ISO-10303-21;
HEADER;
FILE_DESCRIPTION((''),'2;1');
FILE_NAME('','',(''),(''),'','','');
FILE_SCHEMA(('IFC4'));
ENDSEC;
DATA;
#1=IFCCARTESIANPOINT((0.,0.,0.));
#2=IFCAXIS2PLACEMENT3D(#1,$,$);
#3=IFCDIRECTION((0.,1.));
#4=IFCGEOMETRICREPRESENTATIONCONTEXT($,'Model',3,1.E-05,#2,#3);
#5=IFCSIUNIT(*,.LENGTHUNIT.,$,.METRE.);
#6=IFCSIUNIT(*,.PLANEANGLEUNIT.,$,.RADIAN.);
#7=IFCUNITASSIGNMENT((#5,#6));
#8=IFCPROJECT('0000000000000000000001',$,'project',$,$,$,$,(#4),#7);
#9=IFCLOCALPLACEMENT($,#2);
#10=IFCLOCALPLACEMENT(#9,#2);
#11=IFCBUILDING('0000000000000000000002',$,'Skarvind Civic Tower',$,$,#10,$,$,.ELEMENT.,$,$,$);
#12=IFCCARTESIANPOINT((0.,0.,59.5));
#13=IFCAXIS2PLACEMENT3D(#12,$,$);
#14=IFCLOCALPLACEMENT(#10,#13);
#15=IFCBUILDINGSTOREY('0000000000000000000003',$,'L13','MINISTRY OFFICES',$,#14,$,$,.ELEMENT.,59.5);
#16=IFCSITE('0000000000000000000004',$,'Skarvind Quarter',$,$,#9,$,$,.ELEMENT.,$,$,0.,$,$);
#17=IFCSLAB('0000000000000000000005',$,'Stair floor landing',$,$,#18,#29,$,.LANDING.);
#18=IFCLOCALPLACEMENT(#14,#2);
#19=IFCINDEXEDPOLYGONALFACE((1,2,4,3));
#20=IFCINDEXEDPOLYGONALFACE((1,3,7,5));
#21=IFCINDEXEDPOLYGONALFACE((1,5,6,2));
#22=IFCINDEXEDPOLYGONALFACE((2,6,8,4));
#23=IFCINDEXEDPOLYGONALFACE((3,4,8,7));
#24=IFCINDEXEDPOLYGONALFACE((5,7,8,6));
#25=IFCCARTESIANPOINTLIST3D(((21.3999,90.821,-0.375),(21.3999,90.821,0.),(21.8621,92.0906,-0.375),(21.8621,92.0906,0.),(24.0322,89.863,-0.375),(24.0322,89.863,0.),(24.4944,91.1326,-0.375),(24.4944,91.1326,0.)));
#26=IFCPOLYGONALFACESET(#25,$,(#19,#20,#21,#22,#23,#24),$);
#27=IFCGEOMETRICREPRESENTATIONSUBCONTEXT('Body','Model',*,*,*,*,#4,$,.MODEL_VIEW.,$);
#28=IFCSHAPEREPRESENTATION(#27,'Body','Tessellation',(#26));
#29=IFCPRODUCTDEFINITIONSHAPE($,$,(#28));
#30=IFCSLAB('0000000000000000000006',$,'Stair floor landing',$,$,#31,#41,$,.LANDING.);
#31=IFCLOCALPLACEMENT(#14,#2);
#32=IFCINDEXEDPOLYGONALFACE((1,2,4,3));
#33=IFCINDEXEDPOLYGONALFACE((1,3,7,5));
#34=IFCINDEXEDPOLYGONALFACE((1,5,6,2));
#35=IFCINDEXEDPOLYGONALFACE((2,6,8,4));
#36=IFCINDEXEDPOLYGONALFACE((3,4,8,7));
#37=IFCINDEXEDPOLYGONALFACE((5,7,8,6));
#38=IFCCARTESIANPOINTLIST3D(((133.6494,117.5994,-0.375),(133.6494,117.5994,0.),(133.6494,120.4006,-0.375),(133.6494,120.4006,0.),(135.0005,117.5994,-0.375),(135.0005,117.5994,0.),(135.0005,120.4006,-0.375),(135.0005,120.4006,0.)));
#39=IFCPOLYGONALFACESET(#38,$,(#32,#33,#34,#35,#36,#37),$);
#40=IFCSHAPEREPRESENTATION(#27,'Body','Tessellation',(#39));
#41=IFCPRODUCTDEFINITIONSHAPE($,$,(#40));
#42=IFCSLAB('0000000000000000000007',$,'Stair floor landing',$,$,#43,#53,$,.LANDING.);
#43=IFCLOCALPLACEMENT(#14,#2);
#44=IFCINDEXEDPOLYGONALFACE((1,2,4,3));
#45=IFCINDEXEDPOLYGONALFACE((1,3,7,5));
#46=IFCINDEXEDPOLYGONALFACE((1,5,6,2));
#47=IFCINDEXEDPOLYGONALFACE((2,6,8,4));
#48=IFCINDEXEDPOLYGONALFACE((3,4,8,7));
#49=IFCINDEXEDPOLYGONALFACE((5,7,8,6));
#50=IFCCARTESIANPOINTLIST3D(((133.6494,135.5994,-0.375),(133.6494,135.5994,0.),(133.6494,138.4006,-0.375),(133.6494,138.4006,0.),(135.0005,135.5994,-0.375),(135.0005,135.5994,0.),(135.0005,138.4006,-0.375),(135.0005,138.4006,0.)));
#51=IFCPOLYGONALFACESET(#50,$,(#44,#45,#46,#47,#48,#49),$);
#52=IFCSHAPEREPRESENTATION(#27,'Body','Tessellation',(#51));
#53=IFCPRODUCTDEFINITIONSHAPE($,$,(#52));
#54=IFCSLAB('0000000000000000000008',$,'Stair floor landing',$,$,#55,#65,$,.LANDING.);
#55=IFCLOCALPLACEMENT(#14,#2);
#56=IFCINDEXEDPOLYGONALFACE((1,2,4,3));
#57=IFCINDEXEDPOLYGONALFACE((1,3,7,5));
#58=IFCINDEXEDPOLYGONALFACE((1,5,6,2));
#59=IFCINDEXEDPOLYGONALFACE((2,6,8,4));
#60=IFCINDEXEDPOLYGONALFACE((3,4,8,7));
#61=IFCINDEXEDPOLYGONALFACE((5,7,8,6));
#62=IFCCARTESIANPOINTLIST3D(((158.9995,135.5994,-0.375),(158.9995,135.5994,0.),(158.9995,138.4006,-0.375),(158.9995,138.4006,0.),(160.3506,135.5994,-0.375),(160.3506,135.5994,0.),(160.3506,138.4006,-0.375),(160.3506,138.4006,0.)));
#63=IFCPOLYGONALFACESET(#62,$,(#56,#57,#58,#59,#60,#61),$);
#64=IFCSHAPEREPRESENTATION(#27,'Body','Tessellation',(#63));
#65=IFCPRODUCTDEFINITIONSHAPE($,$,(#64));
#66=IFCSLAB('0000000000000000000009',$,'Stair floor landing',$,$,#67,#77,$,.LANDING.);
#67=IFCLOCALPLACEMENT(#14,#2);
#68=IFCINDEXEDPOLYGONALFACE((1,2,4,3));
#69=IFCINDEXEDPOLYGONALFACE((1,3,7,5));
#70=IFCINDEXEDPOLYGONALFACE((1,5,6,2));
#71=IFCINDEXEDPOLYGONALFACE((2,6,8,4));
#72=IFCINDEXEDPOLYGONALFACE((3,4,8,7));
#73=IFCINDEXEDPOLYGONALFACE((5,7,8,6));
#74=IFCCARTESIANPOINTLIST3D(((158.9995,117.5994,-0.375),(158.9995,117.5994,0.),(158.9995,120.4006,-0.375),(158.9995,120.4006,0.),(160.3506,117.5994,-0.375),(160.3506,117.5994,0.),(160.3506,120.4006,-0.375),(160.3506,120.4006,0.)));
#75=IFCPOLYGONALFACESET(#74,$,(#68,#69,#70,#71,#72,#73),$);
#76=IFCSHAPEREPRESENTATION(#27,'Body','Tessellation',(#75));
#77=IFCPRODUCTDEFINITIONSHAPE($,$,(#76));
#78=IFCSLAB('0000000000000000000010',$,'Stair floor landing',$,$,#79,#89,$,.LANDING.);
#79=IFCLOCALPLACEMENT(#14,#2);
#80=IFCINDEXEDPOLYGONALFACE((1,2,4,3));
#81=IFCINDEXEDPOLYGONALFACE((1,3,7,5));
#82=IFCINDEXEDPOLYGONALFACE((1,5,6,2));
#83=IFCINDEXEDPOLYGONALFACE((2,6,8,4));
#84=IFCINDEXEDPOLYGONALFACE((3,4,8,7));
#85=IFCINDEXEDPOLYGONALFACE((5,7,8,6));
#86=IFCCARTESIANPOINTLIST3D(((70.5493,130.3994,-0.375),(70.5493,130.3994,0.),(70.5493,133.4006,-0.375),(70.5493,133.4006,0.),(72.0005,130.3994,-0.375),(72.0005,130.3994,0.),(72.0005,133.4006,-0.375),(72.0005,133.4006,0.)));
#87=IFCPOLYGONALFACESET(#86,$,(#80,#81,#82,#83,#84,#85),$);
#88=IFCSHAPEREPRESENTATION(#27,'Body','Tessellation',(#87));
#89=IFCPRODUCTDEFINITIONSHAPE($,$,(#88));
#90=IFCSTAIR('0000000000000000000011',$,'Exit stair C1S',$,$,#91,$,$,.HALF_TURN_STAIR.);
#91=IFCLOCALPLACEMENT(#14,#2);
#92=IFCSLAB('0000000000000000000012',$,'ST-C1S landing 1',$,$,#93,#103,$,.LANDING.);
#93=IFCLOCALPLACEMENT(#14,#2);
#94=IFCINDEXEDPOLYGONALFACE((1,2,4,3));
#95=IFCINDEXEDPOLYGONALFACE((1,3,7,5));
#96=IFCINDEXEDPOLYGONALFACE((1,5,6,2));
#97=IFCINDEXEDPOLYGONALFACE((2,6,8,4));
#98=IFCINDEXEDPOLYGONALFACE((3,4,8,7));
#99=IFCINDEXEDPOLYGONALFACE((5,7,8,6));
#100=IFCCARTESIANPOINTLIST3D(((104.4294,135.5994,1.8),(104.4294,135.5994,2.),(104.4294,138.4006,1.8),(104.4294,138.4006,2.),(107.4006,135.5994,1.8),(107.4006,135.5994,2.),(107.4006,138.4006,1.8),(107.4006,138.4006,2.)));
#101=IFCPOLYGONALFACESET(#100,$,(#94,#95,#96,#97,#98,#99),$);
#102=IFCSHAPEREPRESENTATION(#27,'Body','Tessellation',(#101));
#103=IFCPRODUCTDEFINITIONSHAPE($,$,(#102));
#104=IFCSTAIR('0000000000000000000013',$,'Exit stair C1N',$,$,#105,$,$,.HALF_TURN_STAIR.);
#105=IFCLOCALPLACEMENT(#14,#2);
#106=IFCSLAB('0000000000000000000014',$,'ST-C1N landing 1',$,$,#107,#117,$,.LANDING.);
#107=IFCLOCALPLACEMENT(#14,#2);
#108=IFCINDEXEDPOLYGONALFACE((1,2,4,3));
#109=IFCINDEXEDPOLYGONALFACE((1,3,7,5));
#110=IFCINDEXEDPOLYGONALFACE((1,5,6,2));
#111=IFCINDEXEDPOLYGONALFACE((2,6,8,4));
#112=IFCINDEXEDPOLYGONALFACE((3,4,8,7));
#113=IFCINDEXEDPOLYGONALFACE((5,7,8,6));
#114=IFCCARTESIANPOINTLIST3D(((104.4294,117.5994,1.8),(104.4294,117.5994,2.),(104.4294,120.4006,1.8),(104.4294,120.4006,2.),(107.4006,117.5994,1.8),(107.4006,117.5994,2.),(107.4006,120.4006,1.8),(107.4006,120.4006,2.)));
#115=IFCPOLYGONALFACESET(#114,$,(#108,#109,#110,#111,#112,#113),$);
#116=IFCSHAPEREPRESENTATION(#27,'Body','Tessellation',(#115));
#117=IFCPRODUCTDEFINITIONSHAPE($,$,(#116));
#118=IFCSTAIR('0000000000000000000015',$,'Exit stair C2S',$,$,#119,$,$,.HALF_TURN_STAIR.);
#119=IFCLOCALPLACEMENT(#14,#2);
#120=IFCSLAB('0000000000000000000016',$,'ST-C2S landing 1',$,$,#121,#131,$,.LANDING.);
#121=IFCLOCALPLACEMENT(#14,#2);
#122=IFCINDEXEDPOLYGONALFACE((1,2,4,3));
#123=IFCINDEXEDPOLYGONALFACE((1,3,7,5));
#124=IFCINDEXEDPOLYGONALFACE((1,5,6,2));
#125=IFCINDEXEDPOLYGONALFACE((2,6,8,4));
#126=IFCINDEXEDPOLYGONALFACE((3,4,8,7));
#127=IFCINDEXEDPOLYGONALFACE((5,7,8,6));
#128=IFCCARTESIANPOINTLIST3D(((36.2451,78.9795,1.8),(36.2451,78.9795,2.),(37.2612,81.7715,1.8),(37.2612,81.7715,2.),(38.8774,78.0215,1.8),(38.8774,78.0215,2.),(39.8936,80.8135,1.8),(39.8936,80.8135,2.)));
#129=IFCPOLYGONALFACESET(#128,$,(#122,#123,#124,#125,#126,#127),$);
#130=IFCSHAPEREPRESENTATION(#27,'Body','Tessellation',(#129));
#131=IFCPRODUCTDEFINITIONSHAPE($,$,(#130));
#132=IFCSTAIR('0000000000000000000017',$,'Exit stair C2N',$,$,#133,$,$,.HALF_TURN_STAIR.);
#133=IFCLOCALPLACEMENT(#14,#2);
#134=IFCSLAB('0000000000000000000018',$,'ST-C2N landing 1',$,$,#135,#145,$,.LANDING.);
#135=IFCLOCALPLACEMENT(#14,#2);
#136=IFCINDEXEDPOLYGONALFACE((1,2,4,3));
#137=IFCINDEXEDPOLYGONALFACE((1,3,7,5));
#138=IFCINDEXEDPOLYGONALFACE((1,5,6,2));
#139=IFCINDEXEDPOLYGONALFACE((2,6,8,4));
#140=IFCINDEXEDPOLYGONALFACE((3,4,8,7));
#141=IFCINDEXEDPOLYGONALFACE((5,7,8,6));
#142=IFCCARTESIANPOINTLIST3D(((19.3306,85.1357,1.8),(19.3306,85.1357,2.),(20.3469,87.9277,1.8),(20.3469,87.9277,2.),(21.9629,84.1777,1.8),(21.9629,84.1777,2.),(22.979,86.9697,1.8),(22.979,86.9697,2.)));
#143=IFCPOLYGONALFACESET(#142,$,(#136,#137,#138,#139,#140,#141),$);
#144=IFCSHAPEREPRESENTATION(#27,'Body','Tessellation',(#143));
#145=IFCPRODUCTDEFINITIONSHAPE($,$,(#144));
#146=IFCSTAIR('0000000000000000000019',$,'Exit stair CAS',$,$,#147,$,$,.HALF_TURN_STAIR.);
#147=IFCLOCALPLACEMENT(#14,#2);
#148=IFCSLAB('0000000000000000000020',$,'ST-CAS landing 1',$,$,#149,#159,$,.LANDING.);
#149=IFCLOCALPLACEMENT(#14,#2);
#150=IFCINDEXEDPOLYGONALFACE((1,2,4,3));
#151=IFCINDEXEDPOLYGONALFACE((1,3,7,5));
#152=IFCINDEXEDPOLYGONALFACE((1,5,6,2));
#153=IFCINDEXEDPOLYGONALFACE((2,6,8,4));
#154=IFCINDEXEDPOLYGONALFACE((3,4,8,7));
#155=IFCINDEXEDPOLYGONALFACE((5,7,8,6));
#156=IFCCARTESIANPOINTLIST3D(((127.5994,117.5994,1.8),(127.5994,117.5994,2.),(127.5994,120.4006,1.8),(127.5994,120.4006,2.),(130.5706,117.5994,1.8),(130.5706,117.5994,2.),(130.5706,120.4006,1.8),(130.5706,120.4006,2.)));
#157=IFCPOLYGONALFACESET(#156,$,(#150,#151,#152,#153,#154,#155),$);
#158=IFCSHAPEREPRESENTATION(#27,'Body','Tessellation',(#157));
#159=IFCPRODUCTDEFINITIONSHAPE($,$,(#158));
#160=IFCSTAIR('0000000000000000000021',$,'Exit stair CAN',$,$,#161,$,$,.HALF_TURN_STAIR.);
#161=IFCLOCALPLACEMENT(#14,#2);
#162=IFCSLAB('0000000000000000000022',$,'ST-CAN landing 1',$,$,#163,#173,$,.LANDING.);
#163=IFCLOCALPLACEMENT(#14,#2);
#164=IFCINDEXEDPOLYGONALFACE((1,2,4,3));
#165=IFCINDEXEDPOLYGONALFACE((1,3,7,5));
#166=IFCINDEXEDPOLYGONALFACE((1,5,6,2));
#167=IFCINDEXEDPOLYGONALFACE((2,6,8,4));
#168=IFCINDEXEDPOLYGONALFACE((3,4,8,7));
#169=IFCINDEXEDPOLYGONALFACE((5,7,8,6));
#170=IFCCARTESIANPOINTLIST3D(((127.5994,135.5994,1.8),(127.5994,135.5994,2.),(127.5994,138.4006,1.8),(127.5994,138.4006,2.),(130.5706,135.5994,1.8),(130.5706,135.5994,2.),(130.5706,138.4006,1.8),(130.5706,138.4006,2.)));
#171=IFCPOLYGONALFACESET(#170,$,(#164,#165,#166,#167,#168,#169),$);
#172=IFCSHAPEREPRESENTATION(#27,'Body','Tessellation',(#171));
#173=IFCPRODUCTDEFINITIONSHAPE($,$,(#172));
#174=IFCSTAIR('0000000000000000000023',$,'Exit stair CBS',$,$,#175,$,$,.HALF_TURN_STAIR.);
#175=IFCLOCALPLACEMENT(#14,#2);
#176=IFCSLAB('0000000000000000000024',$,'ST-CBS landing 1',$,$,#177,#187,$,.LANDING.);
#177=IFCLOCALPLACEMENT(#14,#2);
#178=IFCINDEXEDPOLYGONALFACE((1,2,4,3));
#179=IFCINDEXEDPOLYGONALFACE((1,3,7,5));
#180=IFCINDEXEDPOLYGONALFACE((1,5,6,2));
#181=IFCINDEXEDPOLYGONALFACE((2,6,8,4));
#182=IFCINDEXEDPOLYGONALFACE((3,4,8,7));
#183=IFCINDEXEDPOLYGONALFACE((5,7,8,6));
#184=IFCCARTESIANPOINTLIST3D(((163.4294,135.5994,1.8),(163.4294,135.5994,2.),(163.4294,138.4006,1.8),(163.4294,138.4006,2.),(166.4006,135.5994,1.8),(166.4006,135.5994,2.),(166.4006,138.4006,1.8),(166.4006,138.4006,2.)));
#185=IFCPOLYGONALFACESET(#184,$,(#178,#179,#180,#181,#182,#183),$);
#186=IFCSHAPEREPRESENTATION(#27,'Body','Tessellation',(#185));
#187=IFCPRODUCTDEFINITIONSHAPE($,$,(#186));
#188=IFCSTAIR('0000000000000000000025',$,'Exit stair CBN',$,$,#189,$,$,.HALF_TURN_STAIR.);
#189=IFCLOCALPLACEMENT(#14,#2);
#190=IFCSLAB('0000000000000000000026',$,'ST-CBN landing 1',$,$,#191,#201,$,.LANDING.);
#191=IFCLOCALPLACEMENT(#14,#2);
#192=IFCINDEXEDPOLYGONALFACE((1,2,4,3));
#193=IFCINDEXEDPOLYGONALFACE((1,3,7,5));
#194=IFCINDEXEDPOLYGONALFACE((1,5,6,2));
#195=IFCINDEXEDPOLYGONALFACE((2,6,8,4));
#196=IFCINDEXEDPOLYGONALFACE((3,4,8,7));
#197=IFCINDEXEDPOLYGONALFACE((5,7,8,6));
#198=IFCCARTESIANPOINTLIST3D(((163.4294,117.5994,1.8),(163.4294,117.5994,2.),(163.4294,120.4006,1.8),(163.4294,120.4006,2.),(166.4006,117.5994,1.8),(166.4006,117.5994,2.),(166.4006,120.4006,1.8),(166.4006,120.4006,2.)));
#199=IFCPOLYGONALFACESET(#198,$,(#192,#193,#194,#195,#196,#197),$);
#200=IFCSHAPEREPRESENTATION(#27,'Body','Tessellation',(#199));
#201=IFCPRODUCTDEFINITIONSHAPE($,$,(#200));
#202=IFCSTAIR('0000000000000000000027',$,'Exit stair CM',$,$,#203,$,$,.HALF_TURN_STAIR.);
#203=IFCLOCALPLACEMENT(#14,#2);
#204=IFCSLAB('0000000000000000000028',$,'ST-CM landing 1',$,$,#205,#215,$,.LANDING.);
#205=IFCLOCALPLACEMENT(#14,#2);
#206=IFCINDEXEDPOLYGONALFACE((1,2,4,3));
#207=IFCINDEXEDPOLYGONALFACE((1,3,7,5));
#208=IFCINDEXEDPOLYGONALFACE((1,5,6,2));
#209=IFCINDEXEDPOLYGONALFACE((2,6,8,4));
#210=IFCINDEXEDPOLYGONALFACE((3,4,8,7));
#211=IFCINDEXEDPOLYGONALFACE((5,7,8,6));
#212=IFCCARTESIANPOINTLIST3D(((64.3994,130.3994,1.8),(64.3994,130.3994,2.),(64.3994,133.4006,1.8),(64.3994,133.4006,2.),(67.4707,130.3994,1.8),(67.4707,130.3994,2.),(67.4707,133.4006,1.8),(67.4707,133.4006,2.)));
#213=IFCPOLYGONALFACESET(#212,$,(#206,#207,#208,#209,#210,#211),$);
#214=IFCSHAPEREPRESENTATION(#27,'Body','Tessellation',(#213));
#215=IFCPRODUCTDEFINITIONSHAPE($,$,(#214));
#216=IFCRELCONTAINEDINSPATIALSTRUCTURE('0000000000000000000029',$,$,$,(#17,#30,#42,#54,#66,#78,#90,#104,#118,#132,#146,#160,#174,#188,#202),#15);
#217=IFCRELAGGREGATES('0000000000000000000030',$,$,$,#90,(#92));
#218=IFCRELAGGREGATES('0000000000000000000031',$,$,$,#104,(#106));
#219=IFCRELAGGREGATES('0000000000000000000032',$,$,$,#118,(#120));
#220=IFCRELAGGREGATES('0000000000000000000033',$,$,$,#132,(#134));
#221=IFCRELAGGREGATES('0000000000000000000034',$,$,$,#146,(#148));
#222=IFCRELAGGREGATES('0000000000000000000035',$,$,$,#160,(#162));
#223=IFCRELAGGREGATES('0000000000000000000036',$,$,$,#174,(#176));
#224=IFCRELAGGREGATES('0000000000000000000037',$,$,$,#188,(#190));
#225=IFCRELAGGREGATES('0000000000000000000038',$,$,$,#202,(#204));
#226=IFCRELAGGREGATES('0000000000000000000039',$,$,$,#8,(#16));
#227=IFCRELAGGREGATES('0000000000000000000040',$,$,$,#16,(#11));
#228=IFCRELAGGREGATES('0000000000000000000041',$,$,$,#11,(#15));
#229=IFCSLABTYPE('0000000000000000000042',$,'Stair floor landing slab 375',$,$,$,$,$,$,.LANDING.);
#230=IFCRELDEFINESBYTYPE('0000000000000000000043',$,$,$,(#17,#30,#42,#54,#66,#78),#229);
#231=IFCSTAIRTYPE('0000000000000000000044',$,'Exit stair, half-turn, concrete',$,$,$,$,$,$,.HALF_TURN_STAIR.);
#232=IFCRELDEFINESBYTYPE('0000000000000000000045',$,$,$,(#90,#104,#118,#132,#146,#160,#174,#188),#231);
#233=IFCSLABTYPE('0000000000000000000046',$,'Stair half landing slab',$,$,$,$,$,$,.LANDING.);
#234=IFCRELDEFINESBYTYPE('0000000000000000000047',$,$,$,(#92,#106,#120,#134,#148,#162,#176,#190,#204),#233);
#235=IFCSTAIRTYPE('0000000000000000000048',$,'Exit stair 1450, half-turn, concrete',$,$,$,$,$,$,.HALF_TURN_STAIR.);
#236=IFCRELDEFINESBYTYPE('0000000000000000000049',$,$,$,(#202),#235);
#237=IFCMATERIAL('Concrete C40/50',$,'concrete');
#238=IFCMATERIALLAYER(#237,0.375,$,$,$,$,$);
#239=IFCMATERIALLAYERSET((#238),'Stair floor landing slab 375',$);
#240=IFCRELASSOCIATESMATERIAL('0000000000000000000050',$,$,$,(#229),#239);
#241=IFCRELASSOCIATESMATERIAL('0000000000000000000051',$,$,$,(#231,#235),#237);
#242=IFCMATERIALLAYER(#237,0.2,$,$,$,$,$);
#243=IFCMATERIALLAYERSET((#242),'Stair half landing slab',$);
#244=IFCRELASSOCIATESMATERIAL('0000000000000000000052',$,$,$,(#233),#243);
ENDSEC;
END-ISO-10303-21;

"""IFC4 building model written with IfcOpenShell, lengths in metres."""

from ifc_helpers import new_model, si_unit, direction, frame, origin, place, context, subcontext, project, spatial, polyline, outline, extrude, material, layer, layer_set, type_object, element, aggregate, save


model = new_model("IFC4")

# Units and contexts
model_context = context("Model", 3, precision=1e-05, world=origin(), true_north=direction((0.0, 1.0)))
body_context = subcontext(model_context, "Body", "Model", "MODEL_VIEW")
ifc_project = project(units=[si_unit("LENGTHUNIT", "METRE"), si_unit("PLANEANGLEUNIT", "RADIAN")], contexts=[model_context])

# Site, building, storey
site_placement = place(None, origin())
site = spatial("IfcSite", under=ifc_project, at=site_placement, Name="Skarvind Quarter", CompositionType="ELEMENT", RefElevation=0.0)
building_placement = place(site_placement, origin())
building = spatial("IfcBuilding", under=site, at=building_placement, Name="Skarvind Civic Tower", CompositionType="ELEMENT")
storey_placement = place(building_placement, frame((0.0, 0.0, 59.5)))
storey = spatial("IfcBuildingStorey", under=building, at=storey_placement, Name="L13", Description="MINISTRY OFFICES", CompositionType="ELEMENT", Elevation=59.5)

# Slabs
ifc_material_1 = material(Name="Concrete C40/50", Category="concrete")
ifc_layer_1 = layer(ifc_material_1, 0.375)
ifc_layer_set_1 = layer_set([ifc_layer_1], Name="Stair floor landing slab 375")
slab_type_1 = type_object("IfcSlabType", Name="Stair floor landing slab 375", PredefinedType="LANDING", material=ifc_layer_set_1)
slab_1_placement = place(storey_placement, frame((0.0, 0.0, -0.375)))
element("IfcSlab", 1, at=slab_1_placement, inside=storey, type_object=slab_type_1, Name="Stair floor landing", PredefinedType="LANDING", context=body_context, shape_type="SweptSolid", body=[
    extrude(outline(polyline([(24.0322, 89.863), (21.3999, 90.821), (21.8621, 92.0906), (24.4944, 91.1326), (24.0322, 89.863)])), origin(), (0.0, 0.0, 1.0), 0.375),
])
slab_2_placement = place(storey_placement, frame((0.0, 0.0, -0.375)))
element("IfcSlab", 2, at=slab_2_placement, inside=storey, type_object=slab_type_1, Name="Stair floor landing", PredefinedType="LANDING", context=body_context, shape_type="SweptSolid", body=[
    extrude(outline(polyline([(133.6494, 117.5994), (133.6494, 120.4006), (135.0005, 120.4006), (135.0005, 117.5994), (133.6494, 117.5994)])), origin(), (0.0, 0.0, 1.0), 0.375),
])
slab_3_placement = place(storey_placement, frame((0.0, 0.0, -0.375)))
element("IfcSlab", 3, at=slab_3_placement, inside=storey, type_object=slab_type_1, Name="Stair floor landing", PredefinedType="LANDING", context=body_context, shape_type="SweptSolid", body=[
    extrude(outline(polyline([(133.6494, 135.5994), (133.6494, 138.4006), (135.0005, 138.4006), (135.0005, 135.5994), (133.6494, 135.5994)])), origin(), (0.0, 0.0, 1.0), 0.375),
])
slab_4_placement = place(storey_placement, frame((0.0, 0.0, -0.375)))
element("IfcSlab", 4, at=slab_4_placement, inside=storey, type_object=slab_type_1, Name="Stair floor landing", PredefinedType="LANDING", context=body_context, shape_type="SweptSolid", body=[
    extrude(outline(polyline([(160.3506, 138.4006), (160.3506, 135.5994), (158.9995, 135.5994), (158.9995, 138.4006), (160.3506, 138.4006)])), origin(), (0.0, 0.0, 1.0), 0.375),
])
slab_5_placement = place(storey_placement, frame((0.0, 0.0, -0.375)))
element("IfcSlab", 5, at=slab_5_placement, inside=storey, type_object=slab_type_1, Name="Stair floor landing", PredefinedType="LANDING", context=body_context, shape_type="SweptSolid", body=[
    extrude(outline(polyline([(160.3506, 120.4006), (160.3506, 117.5994), (158.9995, 117.5994), (158.9995, 120.4006), (160.3506, 120.4006)])), origin(), (0.0, 0.0, 1.0), 0.375),
])
slab_6_placement = place(storey_placement, frame((0.0, 0.0, -0.375)))
element("IfcSlab", 6, at=slab_6_placement, inside=storey, type_object=slab_type_1, Name="Stair floor landing", PredefinedType="LANDING", context=body_context, shape_type="SweptSolid", body=[
    extrude(outline(polyline([(70.5493, 130.3994), (70.5493, 133.4006), (72.0005, 133.4006), (72.0005, 130.3994), (70.5493, 130.3994)])), origin(), (0.0, 0.0, 1.0), 0.375),
])

# Stairs, slabs
stair_type_1 = type_object("IfcStairType", Name="Exit stair, half-turn, concrete", PredefinedType="HALF_TURN_STAIR", material=ifc_material_1)
stair_1_placement = place(storey_placement, origin())
stair_1 = element("IfcStair", 7, at=stair_1_placement, inside=storey, type_object=stair_type_1, Name="Exit stair C1S", PredefinedType="HALF_TURN_STAIR")
ifc_layer_2 = layer(ifc_material_1, 0.2)
ifc_layer_set_2 = layer_set([ifc_layer_2], Name="Stair half landing slab")
slab_type_2 = type_object("IfcSlabType", Name="Stair half landing slab", PredefinedType="LANDING", material=ifc_layer_set_2)
slab_7_placement = place(storey_placement, frame((0.0, 0.0, 1.8)))
slab_7 = element("IfcSlab", 8, at=slab_7_placement, type_object=slab_type_2, Name="ST-C1S landing 1", PredefinedType="LANDING", context=body_context, shape_type="SweptSolid", body=[
    extrude(outline(polyline([(104.4294, 135.5994), (104.4294, 138.4006), (107.4006, 138.4006), (107.4006, 135.5994), (104.4294, 135.5994)])), origin(), (0.0, 0.0, 1.0), 0.2),
])
aggregate(stair_1, [slab_7])
stair_2_placement = place(storey_placement, origin())
stair_2 = element("IfcStair", 9, at=stair_2_placement, inside=storey, type_object=stair_type_1, Name="Exit stair C1N", PredefinedType="HALF_TURN_STAIR")
slab_8_placement = place(storey_placement, frame((0.0, 0.0, 1.8)))
slab_8 = element("IfcSlab", 10, at=slab_8_placement, type_object=slab_type_2, Name="ST-C1N landing 1", PredefinedType="LANDING", context=body_context, shape_type="SweptSolid", body=[
    extrude(outline(polyline([(104.4294, 117.5994), (104.4294, 120.4006), (107.4006, 120.4006), (107.4006, 117.5994), (104.4294, 117.5994)])), origin(), (0.0, 0.0, 1.0), 0.2),
])
aggregate(stair_2, [slab_8])
stair_3_placement = place(storey_placement, origin())
stair_3 = element("IfcStair", 11, at=stair_3_placement, inside=storey, type_object=stair_type_1, Name="Exit stair C2S", PredefinedType="HALF_TURN_STAIR")
slab_9_placement = place(storey_placement, frame((0.0, 0.0, 1.8)))
slab_9 = element("IfcSlab", 12, at=slab_9_placement, type_object=slab_type_2, Name="ST-C2S landing 1", PredefinedType="LANDING", context=body_context, shape_type="SweptSolid", body=[
    extrude(outline(polyline([(37.2612, 81.7715), (39.8936, 80.8135), (38.8774, 78.0215), (36.2451, 78.9795), (37.2612, 81.7715)])), origin(), (0.0, 0.0, 1.0), 0.2),
])
aggregate(stair_3, [slab_9])
stair_4_placement = place(storey_placement, origin())
stair_4 = element("IfcStair", 13, at=stair_4_placement, inside=storey, type_object=stair_type_1, Name="Exit stair C2N", PredefinedType="HALF_TURN_STAIR")
slab_10_placement = place(storey_placement, frame((0.0, 0.0, 1.8)))
slab_10 = element("IfcSlab", 14, at=slab_10_placement, type_object=slab_type_2, Name="ST-C2N landing 1", PredefinedType="LANDING", context=body_context, shape_type="SweptSolid", body=[
    extrude(outline(polyline([(20.3469, 87.9277), (22.979, 86.9697), (21.9629, 84.1777), (19.3306, 85.1357), (20.3469, 87.9277)])), origin(), (0.0, 0.0, 1.0), 0.2),
])
aggregate(stair_4, [slab_10])
stair_5_placement = place(storey_placement, origin())
stair_5 = element("IfcStair", 15, at=stair_5_placement, inside=storey, type_object=stair_type_1, Name="Exit stair CAS", PredefinedType="HALF_TURN_STAIR")
slab_11_placement = place(storey_placement, frame((0.0, 0.0, 1.8)))
slab_11 = element("IfcSlab", 16, at=slab_11_placement, type_object=slab_type_2, Name="ST-CAS landing 1", PredefinedType="LANDING", context=body_context, shape_type="SweptSolid", body=[
    extrude(outline(polyline([(130.5706, 120.4006), (130.5706, 117.5994), (127.5994, 117.5994), (127.5994, 120.4006), (130.5706, 120.4006)])), origin(), (0.0, 0.0, 1.0), 0.2),
])
aggregate(stair_5, [slab_11])
stair_6_placement = place(storey_placement, origin())
stair_6 = element("IfcStair", 17, at=stair_6_placement, inside=storey, type_object=stair_type_1, Name="Exit stair CAN", PredefinedType="HALF_TURN_STAIR")
slab_12_placement = place(storey_placement, frame((0.0, 0.0, 1.8)))
slab_12 = element("IfcSlab", 18, at=slab_12_placement, type_object=slab_type_2, Name="ST-CAN landing 1", PredefinedType="LANDING", context=body_context, shape_type="SweptSolid", body=[
    extrude(outline(polyline([(130.5706, 138.4006), (130.5706, 135.5994), (127.5994, 135.5994), (127.5994, 138.4006), (130.5706, 138.4006)])), origin(), (0.0, 0.0, 1.0), 0.2),
])
aggregate(stair_6, [slab_12])
stair_7_placement = place(storey_placement, origin())
stair_7 = element("IfcStair", 19, at=stair_7_placement, inside=storey, type_object=stair_type_1, Name="Exit stair CBS", PredefinedType="HALF_TURN_STAIR")
slab_13_placement = place(storey_placement, frame((0.0, 0.0, 1.8)))
slab_13 = element("IfcSlab", 20, at=slab_13_placement, type_object=slab_type_2, Name="ST-CBS landing 1", PredefinedType="LANDING", context=body_context, shape_type="SweptSolid", body=[
    extrude(outline(polyline([(163.4294, 135.5994), (163.4294, 138.4006), (166.4006, 138.4006), (166.4006, 135.5994), (163.4294, 135.5994)])), origin(), (0.0, 0.0, 1.0), 0.2),
])
aggregate(stair_7, [slab_13])
stair_8_placement = place(storey_placement, origin())
stair_8 = element("IfcStair", 21, at=stair_8_placement, inside=storey, type_object=stair_type_1, Name="Exit stair CBN", PredefinedType="HALF_TURN_STAIR")
slab_14_placement = place(storey_placement, frame((0.0, 0.0, 1.8)))
slab_14 = element("IfcSlab", 22, at=slab_14_placement, type_object=slab_type_2, Name="ST-CBN landing 1", PredefinedType="LANDING", context=body_context, shape_type="SweptSolid", body=[
    extrude(outline(polyline([(163.4294, 117.5994), (163.4294, 120.4006), (166.4006, 120.4006), (166.4006, 117.5994), (163.4294, 117.5994)])), origin(), (0.0, 0.0, 1.0), 0.2),
])
aggregate(stair_8, [slab_14])
stair_type_2 = type_object("IfcStairType", Name="Exit stair 1450, half-turn, concrete", PredefinedType="HALF_TURN_STAIR", material=ifc_material_1)
stair_9_placement = place(storey_placement, origin())
stair_9 = element("IfcStair", 23, at=stair_9_placement, inside=storey, type_object=stair_type_2, Name="Exit stair CM", PredefinedType="HALF_TURN_STAIR")
slab_15_placement = place(storey_placement, frame((0.0, 0.0, 1.8)))
slab_15 = element("IfcSlab", 24, at=slab_15_placement, type_object=slab_type_2, Name="ST-CM landing 1", PredefinedType="LANDING", context=body_context, shape_type="SweptSolid", body=[
    extrude(outline(polyline([(67.4707, 133.4006), (67.4707, 130.3994), (64.3994, 130.3994), (64.3994, 133.4006), (67.4707, 133.4006)])), origin(), (0.0, 0.0, 1.0), 0.2),
])
aggregate(stair_9, [slab_15])

save(model, "model.ifc")
